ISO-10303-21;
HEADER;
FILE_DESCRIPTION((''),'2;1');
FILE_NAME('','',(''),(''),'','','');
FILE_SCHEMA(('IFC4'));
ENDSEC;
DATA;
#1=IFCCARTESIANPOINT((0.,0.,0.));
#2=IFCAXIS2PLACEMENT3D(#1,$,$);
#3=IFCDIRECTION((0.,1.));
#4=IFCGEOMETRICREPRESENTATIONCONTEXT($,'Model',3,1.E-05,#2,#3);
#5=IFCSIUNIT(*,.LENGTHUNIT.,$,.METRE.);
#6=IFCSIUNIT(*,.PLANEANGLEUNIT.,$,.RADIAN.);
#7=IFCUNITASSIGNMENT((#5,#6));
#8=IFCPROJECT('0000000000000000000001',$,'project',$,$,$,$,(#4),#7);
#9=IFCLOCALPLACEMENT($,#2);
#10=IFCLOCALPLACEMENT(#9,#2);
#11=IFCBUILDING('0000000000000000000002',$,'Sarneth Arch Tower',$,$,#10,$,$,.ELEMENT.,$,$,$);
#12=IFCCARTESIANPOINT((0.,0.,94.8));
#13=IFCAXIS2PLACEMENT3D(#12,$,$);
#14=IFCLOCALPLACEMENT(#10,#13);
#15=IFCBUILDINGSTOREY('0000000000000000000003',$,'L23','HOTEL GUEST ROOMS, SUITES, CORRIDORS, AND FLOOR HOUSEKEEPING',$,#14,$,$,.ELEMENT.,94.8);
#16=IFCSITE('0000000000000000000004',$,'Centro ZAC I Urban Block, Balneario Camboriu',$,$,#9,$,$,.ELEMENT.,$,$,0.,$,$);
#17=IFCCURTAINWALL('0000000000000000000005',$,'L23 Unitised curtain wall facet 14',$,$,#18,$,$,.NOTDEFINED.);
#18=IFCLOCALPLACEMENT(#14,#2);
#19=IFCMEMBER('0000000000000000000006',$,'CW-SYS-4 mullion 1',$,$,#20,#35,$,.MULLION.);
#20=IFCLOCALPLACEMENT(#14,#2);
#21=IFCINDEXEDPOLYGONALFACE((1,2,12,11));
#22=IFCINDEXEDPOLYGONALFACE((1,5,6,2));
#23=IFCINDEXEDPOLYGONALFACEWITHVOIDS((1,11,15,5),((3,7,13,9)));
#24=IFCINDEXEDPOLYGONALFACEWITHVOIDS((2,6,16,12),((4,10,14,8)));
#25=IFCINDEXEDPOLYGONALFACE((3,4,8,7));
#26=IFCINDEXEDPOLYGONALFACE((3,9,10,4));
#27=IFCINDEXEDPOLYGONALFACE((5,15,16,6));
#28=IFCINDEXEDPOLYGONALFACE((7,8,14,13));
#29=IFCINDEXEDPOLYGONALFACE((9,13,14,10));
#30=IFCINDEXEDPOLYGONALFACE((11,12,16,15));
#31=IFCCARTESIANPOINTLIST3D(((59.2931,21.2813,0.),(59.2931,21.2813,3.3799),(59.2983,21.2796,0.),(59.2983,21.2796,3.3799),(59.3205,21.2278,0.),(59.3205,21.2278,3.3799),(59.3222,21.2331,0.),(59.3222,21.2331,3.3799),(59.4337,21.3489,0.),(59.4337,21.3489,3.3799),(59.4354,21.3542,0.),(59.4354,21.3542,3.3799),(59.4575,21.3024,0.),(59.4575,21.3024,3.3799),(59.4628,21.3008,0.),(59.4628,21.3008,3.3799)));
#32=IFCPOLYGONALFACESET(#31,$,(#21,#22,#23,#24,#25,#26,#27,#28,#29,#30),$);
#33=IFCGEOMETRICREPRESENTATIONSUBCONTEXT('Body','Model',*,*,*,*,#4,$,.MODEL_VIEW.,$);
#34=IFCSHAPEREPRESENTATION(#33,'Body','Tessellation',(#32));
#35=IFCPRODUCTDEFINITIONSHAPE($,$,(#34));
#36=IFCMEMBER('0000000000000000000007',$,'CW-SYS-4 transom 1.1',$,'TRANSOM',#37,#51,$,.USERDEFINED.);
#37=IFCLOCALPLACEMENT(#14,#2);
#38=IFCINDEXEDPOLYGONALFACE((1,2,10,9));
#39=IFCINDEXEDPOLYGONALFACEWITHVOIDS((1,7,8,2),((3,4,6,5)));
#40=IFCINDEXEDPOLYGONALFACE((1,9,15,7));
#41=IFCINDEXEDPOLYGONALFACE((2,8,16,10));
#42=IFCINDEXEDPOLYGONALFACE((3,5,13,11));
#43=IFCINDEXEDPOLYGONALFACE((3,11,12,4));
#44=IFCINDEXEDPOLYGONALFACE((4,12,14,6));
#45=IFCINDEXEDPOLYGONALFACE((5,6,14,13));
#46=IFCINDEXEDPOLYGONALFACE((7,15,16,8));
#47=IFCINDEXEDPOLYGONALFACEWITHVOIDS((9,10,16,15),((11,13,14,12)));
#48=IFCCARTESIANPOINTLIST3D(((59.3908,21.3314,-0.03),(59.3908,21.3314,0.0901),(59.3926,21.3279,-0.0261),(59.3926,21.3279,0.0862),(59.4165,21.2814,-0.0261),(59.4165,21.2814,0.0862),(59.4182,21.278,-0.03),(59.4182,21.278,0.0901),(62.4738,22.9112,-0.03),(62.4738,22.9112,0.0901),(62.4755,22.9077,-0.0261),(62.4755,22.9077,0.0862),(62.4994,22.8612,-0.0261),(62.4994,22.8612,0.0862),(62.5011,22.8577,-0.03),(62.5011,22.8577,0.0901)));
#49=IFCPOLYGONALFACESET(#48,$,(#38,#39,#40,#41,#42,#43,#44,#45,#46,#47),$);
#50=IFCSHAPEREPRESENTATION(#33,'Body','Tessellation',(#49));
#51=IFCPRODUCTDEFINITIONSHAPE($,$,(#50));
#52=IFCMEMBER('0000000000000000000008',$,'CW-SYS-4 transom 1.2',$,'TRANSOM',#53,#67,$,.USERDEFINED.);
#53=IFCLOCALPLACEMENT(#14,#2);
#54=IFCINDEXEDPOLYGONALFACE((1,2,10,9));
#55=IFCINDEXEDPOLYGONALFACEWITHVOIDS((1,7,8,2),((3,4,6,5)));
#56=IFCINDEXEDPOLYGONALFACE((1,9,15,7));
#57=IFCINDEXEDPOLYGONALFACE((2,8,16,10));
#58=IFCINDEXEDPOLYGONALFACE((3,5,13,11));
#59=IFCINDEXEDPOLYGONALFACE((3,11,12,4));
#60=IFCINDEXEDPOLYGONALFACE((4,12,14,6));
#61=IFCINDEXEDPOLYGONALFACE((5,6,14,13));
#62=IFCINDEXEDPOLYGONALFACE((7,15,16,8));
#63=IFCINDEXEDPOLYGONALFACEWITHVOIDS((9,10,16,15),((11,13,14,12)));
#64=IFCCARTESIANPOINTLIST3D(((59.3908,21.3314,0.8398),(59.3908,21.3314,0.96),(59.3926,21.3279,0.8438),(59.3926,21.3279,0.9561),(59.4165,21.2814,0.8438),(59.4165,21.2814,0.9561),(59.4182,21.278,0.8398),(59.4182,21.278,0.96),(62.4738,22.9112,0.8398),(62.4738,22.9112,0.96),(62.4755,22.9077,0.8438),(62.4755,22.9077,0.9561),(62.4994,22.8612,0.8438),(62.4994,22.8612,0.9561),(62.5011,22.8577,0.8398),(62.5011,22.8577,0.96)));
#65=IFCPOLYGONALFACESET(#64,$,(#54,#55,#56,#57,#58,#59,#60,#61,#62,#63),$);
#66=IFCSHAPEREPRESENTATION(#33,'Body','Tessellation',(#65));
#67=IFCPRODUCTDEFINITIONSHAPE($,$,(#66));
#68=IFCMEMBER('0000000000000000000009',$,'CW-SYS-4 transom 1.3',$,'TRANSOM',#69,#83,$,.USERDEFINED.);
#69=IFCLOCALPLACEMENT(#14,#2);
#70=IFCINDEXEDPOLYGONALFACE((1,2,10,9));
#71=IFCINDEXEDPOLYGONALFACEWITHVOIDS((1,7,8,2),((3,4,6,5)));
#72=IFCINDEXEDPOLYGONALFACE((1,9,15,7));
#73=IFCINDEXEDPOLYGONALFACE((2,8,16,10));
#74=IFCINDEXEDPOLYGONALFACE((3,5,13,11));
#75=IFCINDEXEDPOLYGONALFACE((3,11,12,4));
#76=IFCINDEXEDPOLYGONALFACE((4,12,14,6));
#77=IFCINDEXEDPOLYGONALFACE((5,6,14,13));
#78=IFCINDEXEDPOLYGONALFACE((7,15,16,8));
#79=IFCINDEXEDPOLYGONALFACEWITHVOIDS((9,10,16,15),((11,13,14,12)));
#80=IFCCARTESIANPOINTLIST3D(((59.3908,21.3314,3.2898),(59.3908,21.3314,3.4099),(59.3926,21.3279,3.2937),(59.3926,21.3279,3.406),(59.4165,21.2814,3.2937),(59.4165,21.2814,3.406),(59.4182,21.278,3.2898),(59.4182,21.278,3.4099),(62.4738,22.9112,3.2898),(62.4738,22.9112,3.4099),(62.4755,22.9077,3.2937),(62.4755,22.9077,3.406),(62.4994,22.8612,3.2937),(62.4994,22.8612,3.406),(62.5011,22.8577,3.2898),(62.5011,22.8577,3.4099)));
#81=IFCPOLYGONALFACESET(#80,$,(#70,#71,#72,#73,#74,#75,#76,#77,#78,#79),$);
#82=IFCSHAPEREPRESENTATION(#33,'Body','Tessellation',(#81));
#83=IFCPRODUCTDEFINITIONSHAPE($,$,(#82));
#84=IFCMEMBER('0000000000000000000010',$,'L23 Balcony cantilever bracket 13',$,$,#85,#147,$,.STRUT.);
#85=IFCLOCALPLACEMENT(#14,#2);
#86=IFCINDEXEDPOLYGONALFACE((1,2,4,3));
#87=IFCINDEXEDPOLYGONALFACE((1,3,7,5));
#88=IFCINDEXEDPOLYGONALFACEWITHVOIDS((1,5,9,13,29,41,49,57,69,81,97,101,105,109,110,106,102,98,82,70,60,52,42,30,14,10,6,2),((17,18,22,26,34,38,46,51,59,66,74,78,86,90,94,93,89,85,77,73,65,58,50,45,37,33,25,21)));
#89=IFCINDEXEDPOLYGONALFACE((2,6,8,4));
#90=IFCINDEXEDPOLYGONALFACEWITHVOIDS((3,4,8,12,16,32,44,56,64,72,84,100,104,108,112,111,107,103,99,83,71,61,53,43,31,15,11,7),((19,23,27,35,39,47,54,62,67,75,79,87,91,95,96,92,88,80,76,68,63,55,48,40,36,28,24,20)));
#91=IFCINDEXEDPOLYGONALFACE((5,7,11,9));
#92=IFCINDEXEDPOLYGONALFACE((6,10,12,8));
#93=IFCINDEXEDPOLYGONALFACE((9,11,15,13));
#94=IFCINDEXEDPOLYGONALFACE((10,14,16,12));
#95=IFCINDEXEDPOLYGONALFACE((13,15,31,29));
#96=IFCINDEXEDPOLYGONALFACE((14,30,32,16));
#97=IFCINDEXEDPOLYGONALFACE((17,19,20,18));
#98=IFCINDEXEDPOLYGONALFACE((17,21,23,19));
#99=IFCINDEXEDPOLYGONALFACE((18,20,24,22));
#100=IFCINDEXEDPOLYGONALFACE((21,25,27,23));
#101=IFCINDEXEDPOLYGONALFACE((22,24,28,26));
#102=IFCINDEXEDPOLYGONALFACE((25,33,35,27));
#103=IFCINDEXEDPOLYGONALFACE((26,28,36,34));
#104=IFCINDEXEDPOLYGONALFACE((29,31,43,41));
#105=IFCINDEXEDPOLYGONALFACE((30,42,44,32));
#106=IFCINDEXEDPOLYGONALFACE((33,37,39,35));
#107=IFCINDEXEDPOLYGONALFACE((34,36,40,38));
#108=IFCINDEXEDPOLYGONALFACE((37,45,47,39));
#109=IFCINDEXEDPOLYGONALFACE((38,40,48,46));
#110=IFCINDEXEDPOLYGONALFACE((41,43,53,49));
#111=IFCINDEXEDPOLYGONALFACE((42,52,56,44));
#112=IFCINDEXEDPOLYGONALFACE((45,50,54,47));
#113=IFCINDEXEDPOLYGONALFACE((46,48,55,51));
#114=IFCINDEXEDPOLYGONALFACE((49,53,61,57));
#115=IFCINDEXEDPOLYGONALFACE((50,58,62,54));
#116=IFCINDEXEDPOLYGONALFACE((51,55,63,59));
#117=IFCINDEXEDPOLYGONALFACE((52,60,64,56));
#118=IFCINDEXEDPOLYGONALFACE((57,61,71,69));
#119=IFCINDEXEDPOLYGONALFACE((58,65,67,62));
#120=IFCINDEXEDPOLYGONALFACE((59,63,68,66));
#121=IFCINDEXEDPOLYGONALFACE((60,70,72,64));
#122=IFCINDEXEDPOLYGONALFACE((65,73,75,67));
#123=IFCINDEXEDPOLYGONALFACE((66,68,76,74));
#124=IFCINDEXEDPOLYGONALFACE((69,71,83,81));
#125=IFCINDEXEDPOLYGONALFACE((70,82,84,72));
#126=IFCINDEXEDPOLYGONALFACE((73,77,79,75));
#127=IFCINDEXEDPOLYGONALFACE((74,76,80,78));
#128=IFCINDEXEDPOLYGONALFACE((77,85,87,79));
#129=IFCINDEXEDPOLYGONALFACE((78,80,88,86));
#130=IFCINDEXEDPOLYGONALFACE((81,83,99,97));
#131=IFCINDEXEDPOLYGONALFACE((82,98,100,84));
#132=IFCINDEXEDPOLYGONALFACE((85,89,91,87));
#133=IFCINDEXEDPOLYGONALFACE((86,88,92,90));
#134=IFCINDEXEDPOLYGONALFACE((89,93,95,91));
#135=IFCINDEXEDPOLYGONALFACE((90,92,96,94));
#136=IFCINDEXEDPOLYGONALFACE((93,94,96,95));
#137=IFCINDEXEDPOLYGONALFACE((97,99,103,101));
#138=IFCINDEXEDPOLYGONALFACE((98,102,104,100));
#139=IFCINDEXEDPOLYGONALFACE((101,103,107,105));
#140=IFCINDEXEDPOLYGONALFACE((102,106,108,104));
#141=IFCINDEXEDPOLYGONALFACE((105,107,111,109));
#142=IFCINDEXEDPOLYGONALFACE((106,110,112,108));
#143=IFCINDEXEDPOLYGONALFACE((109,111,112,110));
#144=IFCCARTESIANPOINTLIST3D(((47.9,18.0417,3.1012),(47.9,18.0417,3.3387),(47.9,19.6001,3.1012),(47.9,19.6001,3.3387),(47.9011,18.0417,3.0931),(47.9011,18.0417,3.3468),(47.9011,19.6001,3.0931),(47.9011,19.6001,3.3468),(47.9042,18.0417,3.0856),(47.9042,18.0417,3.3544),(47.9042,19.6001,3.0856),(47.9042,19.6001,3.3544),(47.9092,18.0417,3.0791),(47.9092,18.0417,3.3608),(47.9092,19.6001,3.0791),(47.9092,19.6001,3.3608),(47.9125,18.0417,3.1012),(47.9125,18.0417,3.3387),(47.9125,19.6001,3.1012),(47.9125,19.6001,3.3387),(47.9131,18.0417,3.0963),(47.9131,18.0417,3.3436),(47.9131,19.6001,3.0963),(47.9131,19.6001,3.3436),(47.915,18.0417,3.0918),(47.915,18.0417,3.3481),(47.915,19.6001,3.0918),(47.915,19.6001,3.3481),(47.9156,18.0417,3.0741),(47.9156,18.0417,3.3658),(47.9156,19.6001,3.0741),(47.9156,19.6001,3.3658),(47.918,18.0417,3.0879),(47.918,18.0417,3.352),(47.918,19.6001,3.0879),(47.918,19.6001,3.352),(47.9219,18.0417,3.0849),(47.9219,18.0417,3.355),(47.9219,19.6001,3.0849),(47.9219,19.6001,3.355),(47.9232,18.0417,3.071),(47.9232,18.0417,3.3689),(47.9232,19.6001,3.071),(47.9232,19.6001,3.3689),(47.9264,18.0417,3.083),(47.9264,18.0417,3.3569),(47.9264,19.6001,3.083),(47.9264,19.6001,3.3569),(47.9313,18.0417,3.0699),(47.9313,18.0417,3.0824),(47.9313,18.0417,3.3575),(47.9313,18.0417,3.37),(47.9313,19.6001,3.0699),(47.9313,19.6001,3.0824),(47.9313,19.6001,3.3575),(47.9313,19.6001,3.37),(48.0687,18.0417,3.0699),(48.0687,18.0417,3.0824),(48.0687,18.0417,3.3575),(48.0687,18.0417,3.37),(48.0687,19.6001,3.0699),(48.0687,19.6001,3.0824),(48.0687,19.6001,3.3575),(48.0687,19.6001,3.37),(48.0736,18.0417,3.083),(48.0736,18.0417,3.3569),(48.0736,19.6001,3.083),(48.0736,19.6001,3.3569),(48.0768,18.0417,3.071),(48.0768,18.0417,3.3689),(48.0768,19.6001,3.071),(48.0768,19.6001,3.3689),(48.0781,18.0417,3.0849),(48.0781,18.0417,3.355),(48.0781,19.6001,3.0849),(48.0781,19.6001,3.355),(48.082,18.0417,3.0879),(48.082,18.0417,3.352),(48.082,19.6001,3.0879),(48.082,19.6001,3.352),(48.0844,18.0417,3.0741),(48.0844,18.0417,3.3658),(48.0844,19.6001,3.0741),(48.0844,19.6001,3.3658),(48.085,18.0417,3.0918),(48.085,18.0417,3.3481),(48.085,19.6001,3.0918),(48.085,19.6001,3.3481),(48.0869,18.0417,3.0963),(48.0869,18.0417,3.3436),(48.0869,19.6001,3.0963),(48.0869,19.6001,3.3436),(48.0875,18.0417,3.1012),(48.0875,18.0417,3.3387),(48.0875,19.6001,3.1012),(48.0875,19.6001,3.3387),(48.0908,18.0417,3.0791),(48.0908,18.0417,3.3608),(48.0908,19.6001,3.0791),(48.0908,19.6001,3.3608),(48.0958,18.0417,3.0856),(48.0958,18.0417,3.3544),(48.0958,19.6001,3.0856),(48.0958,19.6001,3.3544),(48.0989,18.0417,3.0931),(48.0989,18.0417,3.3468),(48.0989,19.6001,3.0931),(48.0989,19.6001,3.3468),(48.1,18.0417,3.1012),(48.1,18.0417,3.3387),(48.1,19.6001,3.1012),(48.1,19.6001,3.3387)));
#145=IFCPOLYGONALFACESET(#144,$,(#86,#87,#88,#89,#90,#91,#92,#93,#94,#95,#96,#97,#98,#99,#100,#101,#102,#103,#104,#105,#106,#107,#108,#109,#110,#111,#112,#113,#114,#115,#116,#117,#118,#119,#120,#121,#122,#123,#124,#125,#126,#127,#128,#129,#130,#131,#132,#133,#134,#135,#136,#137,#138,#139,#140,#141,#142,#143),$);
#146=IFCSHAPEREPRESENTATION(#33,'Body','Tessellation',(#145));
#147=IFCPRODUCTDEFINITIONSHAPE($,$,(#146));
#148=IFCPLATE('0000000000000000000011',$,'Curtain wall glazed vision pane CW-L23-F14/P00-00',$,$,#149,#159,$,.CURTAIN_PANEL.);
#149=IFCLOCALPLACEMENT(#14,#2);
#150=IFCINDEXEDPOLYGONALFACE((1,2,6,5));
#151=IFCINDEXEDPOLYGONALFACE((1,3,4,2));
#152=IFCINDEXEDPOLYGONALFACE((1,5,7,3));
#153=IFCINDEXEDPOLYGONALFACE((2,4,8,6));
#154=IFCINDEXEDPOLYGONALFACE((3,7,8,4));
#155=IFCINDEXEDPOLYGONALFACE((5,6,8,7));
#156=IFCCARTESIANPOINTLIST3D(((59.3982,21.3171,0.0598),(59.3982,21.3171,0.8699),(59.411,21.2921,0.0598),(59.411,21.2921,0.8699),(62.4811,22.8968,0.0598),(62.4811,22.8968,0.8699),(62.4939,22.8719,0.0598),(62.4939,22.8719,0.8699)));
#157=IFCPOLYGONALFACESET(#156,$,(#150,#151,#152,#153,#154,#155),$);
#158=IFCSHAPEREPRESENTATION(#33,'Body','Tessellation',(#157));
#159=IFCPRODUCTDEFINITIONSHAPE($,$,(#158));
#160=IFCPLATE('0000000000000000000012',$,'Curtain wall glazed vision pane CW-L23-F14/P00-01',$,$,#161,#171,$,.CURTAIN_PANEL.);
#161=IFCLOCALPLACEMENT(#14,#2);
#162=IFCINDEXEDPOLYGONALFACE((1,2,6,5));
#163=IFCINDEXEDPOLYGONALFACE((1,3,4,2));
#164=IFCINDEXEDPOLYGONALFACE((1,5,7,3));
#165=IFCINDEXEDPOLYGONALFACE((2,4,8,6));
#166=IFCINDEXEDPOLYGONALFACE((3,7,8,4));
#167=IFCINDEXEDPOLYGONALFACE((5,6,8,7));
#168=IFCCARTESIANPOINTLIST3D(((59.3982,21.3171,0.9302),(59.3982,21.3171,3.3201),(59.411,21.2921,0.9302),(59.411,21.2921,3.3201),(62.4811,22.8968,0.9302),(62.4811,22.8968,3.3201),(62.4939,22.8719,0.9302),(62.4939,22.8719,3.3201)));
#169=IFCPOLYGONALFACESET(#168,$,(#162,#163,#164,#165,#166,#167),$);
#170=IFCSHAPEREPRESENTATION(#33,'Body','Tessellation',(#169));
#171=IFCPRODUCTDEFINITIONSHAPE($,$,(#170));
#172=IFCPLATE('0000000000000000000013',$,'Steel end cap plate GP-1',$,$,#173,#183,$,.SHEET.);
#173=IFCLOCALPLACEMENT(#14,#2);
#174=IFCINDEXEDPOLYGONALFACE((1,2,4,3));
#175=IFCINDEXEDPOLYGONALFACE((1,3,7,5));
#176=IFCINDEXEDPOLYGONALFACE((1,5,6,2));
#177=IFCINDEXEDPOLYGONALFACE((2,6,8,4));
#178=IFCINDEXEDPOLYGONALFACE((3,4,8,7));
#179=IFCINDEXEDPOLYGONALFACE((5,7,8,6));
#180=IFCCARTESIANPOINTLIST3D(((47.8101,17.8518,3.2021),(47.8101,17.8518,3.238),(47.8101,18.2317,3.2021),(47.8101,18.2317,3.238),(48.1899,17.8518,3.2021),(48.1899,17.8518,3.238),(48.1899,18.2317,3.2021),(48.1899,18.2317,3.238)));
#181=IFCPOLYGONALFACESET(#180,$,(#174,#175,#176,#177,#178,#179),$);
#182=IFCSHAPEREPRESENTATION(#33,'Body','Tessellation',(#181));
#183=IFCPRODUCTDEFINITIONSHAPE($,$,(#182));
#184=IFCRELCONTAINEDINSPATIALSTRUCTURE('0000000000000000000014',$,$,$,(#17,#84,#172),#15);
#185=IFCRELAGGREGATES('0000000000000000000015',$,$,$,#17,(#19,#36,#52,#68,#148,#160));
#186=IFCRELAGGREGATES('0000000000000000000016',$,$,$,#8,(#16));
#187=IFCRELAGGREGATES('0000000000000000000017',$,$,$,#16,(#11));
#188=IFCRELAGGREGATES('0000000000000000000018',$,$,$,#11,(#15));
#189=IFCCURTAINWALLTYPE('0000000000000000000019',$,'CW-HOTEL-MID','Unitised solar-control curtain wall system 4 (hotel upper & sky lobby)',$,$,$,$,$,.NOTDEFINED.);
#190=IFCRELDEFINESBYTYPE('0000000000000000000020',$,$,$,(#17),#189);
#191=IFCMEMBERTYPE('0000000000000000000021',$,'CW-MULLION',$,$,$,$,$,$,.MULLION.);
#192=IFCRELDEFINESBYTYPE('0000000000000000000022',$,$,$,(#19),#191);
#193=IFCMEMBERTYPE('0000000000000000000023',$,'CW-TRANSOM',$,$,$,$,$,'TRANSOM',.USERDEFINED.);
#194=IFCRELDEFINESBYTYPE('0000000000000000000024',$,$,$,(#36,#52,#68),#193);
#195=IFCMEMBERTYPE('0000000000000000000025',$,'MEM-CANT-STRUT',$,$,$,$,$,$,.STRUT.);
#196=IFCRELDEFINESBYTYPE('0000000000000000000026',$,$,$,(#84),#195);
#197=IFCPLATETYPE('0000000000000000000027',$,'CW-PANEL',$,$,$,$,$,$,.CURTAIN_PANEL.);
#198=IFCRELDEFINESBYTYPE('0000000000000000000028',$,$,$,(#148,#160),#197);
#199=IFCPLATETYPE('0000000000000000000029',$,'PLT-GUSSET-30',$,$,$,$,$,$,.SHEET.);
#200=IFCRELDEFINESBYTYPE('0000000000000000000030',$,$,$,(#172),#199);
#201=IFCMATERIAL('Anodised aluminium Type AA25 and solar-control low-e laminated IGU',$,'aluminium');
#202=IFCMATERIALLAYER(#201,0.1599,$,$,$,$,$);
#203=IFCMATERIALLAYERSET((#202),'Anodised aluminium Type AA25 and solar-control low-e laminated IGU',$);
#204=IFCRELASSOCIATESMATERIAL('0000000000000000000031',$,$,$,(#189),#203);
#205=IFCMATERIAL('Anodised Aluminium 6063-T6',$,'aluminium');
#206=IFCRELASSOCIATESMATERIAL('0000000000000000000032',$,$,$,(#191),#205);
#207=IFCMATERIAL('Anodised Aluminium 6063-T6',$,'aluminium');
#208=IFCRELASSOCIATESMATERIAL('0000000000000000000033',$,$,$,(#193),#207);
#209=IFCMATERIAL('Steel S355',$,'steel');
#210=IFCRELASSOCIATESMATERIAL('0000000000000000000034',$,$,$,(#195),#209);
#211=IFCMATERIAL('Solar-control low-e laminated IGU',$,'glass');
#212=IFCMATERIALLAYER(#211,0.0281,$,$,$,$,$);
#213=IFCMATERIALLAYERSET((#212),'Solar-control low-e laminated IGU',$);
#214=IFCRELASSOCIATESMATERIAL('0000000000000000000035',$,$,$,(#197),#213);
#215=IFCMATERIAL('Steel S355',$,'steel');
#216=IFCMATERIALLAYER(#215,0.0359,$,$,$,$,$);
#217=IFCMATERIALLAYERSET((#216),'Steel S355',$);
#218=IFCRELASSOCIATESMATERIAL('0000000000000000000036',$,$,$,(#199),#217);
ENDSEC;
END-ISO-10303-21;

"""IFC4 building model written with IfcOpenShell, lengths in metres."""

from ifc_helpers import new_model, si_unit, direction, frame, origin, origin_2d, place, context, subcontext, project, spatial, rectangle, hollow_rectangle, extrude, material, layer, layer_set, material_profile, profile_set, type_object, element, aggregate, save


model = new_model("IFC4")

# Units and contexts
model_context = context("Model", 3, precision=1e-05, world=origin(), true_north=direction((0.0, 1.0)))
body_context = subcontext(model_context, "Body", "Model", "MODEL_VIEW")
ifc_project = project(units=[si_unit("LENGTHUNIT", "METRE"), si_unit("PLANEANGLEUNIT", "RADIAN")], contexts=[model_context])

# Site, building, storey
site_placement = place(None, origin())
site = spatial("IfcSite", under=ifc_project, at=site_placement, Name="Centro ZAC I Urban Block, Balneario Camboriu", CompositionType="ELEMENT", RefElevation=0.0)
building_placement = place(site_placement, origin())
building = spatial("IfcBuilding", under=site, at=building_placement, Name="Sarneth Arch Tower", CompositionType="ELEMENT")
storey_placement = place(building_placement, frame((0.0, 0.0, 94.8)))
storey = spatial("IfcBuildingStorey", under=building, at=storey_placement, Name="L23", Description="HOTEL GUEST ROOMS, SUITES, CORRIDORS, AND FLOOR HOUSEKEEPING", CompositionType="ELEMENT", Elevation=94.8)

# Curtain wall, members
ifc_material_1 = material(Name="Anodised aluminium Type AA25 and solar-control low-e laminated IGU", Category="aluminium")
ifc_layer_1 = layer(ifc_material_1, 0.1599)
ifc_layer_set_1 = layer_set([ifc_layer_1], Name="Anodised aluminium Type AA25 and solar-control low-e laminated IGU")
curtain_wall_type = type_object("IfcCurtainWallType", Name="CW-HOTEL-MID", Description="Unitised solar-control curtain wall system 4 (hotel upper & sky lobby)", PredefinedType="NOTDEFINED", material=ifc_layer_set_1)
curtain_wall_placement = place(storey_placement, origin())
curtain_wall = element("IfcCurtainWall", 1, at=curtain_wall_placement, inside=storey, type_object=curtain_wall_type, Name="L23 Unitised curtain wall facet 14", PredefinedType="NOTDEFINED")
ifc_material_2 = material(Name="Anodised Aluminium 6063-T6", Category="aluminium")
ifc_material_profile_1 = material_profile(ifc_material_2, hollow_rectangle(XDim=0.0601, YDim=0.1599, WallThickness=0.0039, at=origin_2d()), Name="AL-MULL-160x60x4")
ifc_profile_set_1 = profile_set([ifc_material_profile_1], Name="Anodised Aluminium 6063-T6")
member_type_1 = type_object("IfcMemberType", Name="CW-MULLION", PredefinedType="MULLION", material=ifc_profile_set_1)
member_1_placement = place(storey_placement, frame((59.3779, 21.291, 0.0), z_axis=(0.0, 0.0, 1.0), x_axis=(-0.456031, 0.889964, 0.0)))
member_1 = element("IfcMember", 2, at=member_1_placement, type_object=member_type_1, Name="CW-SYS-4 mullion 1", PredefinedType="MULLION", context=body_context, shape_type="SweptSolid", body=[
    extrude(hollow_rectangle(XDim=0.0601, YDim=0.1599, WallThickness=0.0039, at=origin_2d()), origin(), (0.0, 0.0, 1.0), 3.3799),
])
ifc_material_3 = material(Name="Anodised Aluminium 6063-T6", Category="aluminium")
ifc_material_profile_2 = material_profile(ifc_material_3, hollow_rectangle(XDim=0.0601, YDim=0.1201, WallThickness=0.0039, at=origin_2d()), Name="AL-TRAN-120x60x4")
ifc_profile_set_2 = profile_set([ifc_material_profile_2], Name="Anodised Aluminium 6063-T6")
member_type_2 = type_object("IfcMemberType", Name="CW-TRANSOM", ElementType="TRANSOM", PredefinedType="USERDEFINED", material=ifc_profile_set_2)
member_2_placement = place(storey_placement, frame((59.4045, 21.3047, 0.03), z_axis=(0.889958, 0.456043, 0.0), x_axis=(-0.456043, 0.889958, 0.0)))
member_2 = element("IfcMember", 3, at=member_2_placement, type_object=member_type_2, Name="CW-SYS-4 transom 1.1", ObjectType="TRANSOM", PredefinedType="USERDEFINED", context=body_context, shape_type="SweptSolid", body=[
    extrude(hollow_rectangle(XDim=0.0601, YDim=0.1201, WallThickness=0.0039, at=origin_2d()), origin(), (0.0, 0.0, 1.0), 3.4641),
])
member_3_placement = place(storey_placement, frame((59.4045, 21.3047, 0.8999), z_axis=(0.889958, 0.456043, 0.0), x_axis=(-0.456043, 0.889958, 0.0)))
member_3 = element("IfcMember", 4, at=member_3_placement, type_object=member_type_2, Name="CW-SYS-4 transom 1.2", ObjectType="TRANSOM", PredefinedType="USERDEFINED", context=body_context, shape_type="SweptSolid", body=[
    extrude(hollow_rectangle(XDim=0.0601, YDim=0.1201, WallThickness=0.0039, at=origin_2d()), origin(), (0.0, 0.0, 1.0), 3.4641),
])
member_4_placement = place(storey_placement, frame((59.4045, 21.3047, 3.3499), z_axis=(0.889958, 0.456043, 0.0), x_axis=(-0.456043, 0.889958, 0.0)))
member_4 = element("IfcMember", 5, at=member_4_placement, type_object=member_type_2, Name="CW-SYS-4 transom 1.3", ObjectType="TRANSOM", PredefinedType="USERDEFINED", context=body_context, shape_type="SweptSolid", body=[
    extrude(hollow_rectangle(XDim=0.0601, YDim=0.1201, WallThickness=0.0039, at=origin_2d()), origin(), (0.0, 0.0, 1.0), 3.4641),
])

# Member
ifc_material_4 = material(Name="Steel S355", Category="steel")
ifc_material_profile_3 = material_profile(ifc_material_4, hollow_rectangle(XDim=0.2, YDim=0.3, WallThickness=0.0125, InnerFilletRadius=0.0188, OuterFilletRadius=0.0312, at=origin_2d()), Name="RHS300x200x12.5")
ifc_profile_set_3 = profile_set([ifc_material_profile_3], Name="Steel S355")
member_type_3 = type_object("IfcMemberType", Name="MEM-CANT-STRUT", PredefinedType="STRUT", material=ifc_profile_set_3)
member_5_placement = place(storey_placement, frame((48.0, 19.6001, 3.22), z_axis=(0.0, -1.0, 0.0), x_axis=(1.0, 0.0, 0.0)))
element("IfcMember", 6, at=member_5_placement, inside=storey, type_object=member_type_3, Name="L23 Balcony cantilever bracket 13", PredefinedType="STRUT", context=body_context, shape_type="SweptSolid", body=[
    extrude(hollow_rectangle(XDim=0.2, YDim=0.3, WallThickness=0.0125, InnerFilletRadius=0.0188, OuterFilletRadius=0.0312, at=origin_2d()), origin(), (0.0, 0.0, 1.0), 1.5583),
])

# Plates
ifc_material_5 = material(Name="Solar-control low-e laminated IGU", Category="glass")
ifc_layer_2 = layer(ifc_material_5, 0.0281)
ifc_layer_set_2 = layer_set([ifc_layer_2], Name="Solar-control low-e laminated IGU")
plate_type_1 = type_object("IfcPlateType", Name="CW-PANEL", PredefinedType="CURTAIN_PANEL", material=ifc_layer_set_2)
plate_1_placement = place(storey_placement, frame((60.946, 22.0945, 0.0598), z_axis=(0.0, 0.0, 1.0), x_axis=(0.889964, 0.456031, 0.0)))
plate_1 = element("IfcPlate", 7, at=plate_1_placement, type_object=plate_type_1, Name="Curtain wall glazed vision pane CW-L23-F14/P00-00", PredefinedType="CURTAIN_PANEL", context=body_context, shape_type="SweptSolid", body=[
    extrude(rectangle(XDim=3.4641, YDim=0.0281, at=origin_2d()), origin(), (0.0, 0.0, 1.0), 0.8101),
])
plate_2_placement = place(storey_placement, frame((60.946, 22.0945, 0.9302), z_axis=(0.0, 0.0, 1.0), x_axis=(0.889964, 0.456031, 0.0)))
plate_2 = element("IfcPlate", 8, at=plate_2_placement, type_object=plate_type_1, Name="Curtain wall glazed vision pane CW-L23-F14/P00-01", PredefinedType="CURTAIN_PANEL", context=body_context, shape_type="SweptSolid", body=[
    extrude(rectangle(XDim=3.4641, YDim=0.0281, at=origin_2d()), origin(), (0.0, 0.0, 1.0), 2.3899),
])
aggregate(curtain_wall, [member_1, member_2, member_3, member_4, plate_1, plate_2])
ifc_material_6 = material(Name="Steel S355", Category="steel")
ifc_layer_3 = layer(ifc_material_6, 0.0359)
ifc_layer_set_3 = layer_set([ifc_layer_3], Name="Steel S355")
plate_type_2 = type_object("IfcPlateType", Name="PLT-GUSSET-30", PredefinedType="SHEET", material=ifc_layer_set_3)
plate_3_placement = place(storey_placement, frame((48.0, 18.0417, 3.2021), z_axis=(0.0, 0.0, 1.0), x_axis=(0.0, -1.0, 0.0)))
element("IfcPlate", 9, at=plate_3_placement, inside=storey, type_object=plate_type_2, Name="Steel end cap plate GP-1", PredefinedType="SHEET", context=body_context, shape_type="SweptSolid", body=[
    extrude(rectangle(XDim=0.3799, YDim=0.3799, at=origin_2d()), origin(), (0.0, 0.0, 1.0), 0.0359),
])

save(model, "model.ifc")
